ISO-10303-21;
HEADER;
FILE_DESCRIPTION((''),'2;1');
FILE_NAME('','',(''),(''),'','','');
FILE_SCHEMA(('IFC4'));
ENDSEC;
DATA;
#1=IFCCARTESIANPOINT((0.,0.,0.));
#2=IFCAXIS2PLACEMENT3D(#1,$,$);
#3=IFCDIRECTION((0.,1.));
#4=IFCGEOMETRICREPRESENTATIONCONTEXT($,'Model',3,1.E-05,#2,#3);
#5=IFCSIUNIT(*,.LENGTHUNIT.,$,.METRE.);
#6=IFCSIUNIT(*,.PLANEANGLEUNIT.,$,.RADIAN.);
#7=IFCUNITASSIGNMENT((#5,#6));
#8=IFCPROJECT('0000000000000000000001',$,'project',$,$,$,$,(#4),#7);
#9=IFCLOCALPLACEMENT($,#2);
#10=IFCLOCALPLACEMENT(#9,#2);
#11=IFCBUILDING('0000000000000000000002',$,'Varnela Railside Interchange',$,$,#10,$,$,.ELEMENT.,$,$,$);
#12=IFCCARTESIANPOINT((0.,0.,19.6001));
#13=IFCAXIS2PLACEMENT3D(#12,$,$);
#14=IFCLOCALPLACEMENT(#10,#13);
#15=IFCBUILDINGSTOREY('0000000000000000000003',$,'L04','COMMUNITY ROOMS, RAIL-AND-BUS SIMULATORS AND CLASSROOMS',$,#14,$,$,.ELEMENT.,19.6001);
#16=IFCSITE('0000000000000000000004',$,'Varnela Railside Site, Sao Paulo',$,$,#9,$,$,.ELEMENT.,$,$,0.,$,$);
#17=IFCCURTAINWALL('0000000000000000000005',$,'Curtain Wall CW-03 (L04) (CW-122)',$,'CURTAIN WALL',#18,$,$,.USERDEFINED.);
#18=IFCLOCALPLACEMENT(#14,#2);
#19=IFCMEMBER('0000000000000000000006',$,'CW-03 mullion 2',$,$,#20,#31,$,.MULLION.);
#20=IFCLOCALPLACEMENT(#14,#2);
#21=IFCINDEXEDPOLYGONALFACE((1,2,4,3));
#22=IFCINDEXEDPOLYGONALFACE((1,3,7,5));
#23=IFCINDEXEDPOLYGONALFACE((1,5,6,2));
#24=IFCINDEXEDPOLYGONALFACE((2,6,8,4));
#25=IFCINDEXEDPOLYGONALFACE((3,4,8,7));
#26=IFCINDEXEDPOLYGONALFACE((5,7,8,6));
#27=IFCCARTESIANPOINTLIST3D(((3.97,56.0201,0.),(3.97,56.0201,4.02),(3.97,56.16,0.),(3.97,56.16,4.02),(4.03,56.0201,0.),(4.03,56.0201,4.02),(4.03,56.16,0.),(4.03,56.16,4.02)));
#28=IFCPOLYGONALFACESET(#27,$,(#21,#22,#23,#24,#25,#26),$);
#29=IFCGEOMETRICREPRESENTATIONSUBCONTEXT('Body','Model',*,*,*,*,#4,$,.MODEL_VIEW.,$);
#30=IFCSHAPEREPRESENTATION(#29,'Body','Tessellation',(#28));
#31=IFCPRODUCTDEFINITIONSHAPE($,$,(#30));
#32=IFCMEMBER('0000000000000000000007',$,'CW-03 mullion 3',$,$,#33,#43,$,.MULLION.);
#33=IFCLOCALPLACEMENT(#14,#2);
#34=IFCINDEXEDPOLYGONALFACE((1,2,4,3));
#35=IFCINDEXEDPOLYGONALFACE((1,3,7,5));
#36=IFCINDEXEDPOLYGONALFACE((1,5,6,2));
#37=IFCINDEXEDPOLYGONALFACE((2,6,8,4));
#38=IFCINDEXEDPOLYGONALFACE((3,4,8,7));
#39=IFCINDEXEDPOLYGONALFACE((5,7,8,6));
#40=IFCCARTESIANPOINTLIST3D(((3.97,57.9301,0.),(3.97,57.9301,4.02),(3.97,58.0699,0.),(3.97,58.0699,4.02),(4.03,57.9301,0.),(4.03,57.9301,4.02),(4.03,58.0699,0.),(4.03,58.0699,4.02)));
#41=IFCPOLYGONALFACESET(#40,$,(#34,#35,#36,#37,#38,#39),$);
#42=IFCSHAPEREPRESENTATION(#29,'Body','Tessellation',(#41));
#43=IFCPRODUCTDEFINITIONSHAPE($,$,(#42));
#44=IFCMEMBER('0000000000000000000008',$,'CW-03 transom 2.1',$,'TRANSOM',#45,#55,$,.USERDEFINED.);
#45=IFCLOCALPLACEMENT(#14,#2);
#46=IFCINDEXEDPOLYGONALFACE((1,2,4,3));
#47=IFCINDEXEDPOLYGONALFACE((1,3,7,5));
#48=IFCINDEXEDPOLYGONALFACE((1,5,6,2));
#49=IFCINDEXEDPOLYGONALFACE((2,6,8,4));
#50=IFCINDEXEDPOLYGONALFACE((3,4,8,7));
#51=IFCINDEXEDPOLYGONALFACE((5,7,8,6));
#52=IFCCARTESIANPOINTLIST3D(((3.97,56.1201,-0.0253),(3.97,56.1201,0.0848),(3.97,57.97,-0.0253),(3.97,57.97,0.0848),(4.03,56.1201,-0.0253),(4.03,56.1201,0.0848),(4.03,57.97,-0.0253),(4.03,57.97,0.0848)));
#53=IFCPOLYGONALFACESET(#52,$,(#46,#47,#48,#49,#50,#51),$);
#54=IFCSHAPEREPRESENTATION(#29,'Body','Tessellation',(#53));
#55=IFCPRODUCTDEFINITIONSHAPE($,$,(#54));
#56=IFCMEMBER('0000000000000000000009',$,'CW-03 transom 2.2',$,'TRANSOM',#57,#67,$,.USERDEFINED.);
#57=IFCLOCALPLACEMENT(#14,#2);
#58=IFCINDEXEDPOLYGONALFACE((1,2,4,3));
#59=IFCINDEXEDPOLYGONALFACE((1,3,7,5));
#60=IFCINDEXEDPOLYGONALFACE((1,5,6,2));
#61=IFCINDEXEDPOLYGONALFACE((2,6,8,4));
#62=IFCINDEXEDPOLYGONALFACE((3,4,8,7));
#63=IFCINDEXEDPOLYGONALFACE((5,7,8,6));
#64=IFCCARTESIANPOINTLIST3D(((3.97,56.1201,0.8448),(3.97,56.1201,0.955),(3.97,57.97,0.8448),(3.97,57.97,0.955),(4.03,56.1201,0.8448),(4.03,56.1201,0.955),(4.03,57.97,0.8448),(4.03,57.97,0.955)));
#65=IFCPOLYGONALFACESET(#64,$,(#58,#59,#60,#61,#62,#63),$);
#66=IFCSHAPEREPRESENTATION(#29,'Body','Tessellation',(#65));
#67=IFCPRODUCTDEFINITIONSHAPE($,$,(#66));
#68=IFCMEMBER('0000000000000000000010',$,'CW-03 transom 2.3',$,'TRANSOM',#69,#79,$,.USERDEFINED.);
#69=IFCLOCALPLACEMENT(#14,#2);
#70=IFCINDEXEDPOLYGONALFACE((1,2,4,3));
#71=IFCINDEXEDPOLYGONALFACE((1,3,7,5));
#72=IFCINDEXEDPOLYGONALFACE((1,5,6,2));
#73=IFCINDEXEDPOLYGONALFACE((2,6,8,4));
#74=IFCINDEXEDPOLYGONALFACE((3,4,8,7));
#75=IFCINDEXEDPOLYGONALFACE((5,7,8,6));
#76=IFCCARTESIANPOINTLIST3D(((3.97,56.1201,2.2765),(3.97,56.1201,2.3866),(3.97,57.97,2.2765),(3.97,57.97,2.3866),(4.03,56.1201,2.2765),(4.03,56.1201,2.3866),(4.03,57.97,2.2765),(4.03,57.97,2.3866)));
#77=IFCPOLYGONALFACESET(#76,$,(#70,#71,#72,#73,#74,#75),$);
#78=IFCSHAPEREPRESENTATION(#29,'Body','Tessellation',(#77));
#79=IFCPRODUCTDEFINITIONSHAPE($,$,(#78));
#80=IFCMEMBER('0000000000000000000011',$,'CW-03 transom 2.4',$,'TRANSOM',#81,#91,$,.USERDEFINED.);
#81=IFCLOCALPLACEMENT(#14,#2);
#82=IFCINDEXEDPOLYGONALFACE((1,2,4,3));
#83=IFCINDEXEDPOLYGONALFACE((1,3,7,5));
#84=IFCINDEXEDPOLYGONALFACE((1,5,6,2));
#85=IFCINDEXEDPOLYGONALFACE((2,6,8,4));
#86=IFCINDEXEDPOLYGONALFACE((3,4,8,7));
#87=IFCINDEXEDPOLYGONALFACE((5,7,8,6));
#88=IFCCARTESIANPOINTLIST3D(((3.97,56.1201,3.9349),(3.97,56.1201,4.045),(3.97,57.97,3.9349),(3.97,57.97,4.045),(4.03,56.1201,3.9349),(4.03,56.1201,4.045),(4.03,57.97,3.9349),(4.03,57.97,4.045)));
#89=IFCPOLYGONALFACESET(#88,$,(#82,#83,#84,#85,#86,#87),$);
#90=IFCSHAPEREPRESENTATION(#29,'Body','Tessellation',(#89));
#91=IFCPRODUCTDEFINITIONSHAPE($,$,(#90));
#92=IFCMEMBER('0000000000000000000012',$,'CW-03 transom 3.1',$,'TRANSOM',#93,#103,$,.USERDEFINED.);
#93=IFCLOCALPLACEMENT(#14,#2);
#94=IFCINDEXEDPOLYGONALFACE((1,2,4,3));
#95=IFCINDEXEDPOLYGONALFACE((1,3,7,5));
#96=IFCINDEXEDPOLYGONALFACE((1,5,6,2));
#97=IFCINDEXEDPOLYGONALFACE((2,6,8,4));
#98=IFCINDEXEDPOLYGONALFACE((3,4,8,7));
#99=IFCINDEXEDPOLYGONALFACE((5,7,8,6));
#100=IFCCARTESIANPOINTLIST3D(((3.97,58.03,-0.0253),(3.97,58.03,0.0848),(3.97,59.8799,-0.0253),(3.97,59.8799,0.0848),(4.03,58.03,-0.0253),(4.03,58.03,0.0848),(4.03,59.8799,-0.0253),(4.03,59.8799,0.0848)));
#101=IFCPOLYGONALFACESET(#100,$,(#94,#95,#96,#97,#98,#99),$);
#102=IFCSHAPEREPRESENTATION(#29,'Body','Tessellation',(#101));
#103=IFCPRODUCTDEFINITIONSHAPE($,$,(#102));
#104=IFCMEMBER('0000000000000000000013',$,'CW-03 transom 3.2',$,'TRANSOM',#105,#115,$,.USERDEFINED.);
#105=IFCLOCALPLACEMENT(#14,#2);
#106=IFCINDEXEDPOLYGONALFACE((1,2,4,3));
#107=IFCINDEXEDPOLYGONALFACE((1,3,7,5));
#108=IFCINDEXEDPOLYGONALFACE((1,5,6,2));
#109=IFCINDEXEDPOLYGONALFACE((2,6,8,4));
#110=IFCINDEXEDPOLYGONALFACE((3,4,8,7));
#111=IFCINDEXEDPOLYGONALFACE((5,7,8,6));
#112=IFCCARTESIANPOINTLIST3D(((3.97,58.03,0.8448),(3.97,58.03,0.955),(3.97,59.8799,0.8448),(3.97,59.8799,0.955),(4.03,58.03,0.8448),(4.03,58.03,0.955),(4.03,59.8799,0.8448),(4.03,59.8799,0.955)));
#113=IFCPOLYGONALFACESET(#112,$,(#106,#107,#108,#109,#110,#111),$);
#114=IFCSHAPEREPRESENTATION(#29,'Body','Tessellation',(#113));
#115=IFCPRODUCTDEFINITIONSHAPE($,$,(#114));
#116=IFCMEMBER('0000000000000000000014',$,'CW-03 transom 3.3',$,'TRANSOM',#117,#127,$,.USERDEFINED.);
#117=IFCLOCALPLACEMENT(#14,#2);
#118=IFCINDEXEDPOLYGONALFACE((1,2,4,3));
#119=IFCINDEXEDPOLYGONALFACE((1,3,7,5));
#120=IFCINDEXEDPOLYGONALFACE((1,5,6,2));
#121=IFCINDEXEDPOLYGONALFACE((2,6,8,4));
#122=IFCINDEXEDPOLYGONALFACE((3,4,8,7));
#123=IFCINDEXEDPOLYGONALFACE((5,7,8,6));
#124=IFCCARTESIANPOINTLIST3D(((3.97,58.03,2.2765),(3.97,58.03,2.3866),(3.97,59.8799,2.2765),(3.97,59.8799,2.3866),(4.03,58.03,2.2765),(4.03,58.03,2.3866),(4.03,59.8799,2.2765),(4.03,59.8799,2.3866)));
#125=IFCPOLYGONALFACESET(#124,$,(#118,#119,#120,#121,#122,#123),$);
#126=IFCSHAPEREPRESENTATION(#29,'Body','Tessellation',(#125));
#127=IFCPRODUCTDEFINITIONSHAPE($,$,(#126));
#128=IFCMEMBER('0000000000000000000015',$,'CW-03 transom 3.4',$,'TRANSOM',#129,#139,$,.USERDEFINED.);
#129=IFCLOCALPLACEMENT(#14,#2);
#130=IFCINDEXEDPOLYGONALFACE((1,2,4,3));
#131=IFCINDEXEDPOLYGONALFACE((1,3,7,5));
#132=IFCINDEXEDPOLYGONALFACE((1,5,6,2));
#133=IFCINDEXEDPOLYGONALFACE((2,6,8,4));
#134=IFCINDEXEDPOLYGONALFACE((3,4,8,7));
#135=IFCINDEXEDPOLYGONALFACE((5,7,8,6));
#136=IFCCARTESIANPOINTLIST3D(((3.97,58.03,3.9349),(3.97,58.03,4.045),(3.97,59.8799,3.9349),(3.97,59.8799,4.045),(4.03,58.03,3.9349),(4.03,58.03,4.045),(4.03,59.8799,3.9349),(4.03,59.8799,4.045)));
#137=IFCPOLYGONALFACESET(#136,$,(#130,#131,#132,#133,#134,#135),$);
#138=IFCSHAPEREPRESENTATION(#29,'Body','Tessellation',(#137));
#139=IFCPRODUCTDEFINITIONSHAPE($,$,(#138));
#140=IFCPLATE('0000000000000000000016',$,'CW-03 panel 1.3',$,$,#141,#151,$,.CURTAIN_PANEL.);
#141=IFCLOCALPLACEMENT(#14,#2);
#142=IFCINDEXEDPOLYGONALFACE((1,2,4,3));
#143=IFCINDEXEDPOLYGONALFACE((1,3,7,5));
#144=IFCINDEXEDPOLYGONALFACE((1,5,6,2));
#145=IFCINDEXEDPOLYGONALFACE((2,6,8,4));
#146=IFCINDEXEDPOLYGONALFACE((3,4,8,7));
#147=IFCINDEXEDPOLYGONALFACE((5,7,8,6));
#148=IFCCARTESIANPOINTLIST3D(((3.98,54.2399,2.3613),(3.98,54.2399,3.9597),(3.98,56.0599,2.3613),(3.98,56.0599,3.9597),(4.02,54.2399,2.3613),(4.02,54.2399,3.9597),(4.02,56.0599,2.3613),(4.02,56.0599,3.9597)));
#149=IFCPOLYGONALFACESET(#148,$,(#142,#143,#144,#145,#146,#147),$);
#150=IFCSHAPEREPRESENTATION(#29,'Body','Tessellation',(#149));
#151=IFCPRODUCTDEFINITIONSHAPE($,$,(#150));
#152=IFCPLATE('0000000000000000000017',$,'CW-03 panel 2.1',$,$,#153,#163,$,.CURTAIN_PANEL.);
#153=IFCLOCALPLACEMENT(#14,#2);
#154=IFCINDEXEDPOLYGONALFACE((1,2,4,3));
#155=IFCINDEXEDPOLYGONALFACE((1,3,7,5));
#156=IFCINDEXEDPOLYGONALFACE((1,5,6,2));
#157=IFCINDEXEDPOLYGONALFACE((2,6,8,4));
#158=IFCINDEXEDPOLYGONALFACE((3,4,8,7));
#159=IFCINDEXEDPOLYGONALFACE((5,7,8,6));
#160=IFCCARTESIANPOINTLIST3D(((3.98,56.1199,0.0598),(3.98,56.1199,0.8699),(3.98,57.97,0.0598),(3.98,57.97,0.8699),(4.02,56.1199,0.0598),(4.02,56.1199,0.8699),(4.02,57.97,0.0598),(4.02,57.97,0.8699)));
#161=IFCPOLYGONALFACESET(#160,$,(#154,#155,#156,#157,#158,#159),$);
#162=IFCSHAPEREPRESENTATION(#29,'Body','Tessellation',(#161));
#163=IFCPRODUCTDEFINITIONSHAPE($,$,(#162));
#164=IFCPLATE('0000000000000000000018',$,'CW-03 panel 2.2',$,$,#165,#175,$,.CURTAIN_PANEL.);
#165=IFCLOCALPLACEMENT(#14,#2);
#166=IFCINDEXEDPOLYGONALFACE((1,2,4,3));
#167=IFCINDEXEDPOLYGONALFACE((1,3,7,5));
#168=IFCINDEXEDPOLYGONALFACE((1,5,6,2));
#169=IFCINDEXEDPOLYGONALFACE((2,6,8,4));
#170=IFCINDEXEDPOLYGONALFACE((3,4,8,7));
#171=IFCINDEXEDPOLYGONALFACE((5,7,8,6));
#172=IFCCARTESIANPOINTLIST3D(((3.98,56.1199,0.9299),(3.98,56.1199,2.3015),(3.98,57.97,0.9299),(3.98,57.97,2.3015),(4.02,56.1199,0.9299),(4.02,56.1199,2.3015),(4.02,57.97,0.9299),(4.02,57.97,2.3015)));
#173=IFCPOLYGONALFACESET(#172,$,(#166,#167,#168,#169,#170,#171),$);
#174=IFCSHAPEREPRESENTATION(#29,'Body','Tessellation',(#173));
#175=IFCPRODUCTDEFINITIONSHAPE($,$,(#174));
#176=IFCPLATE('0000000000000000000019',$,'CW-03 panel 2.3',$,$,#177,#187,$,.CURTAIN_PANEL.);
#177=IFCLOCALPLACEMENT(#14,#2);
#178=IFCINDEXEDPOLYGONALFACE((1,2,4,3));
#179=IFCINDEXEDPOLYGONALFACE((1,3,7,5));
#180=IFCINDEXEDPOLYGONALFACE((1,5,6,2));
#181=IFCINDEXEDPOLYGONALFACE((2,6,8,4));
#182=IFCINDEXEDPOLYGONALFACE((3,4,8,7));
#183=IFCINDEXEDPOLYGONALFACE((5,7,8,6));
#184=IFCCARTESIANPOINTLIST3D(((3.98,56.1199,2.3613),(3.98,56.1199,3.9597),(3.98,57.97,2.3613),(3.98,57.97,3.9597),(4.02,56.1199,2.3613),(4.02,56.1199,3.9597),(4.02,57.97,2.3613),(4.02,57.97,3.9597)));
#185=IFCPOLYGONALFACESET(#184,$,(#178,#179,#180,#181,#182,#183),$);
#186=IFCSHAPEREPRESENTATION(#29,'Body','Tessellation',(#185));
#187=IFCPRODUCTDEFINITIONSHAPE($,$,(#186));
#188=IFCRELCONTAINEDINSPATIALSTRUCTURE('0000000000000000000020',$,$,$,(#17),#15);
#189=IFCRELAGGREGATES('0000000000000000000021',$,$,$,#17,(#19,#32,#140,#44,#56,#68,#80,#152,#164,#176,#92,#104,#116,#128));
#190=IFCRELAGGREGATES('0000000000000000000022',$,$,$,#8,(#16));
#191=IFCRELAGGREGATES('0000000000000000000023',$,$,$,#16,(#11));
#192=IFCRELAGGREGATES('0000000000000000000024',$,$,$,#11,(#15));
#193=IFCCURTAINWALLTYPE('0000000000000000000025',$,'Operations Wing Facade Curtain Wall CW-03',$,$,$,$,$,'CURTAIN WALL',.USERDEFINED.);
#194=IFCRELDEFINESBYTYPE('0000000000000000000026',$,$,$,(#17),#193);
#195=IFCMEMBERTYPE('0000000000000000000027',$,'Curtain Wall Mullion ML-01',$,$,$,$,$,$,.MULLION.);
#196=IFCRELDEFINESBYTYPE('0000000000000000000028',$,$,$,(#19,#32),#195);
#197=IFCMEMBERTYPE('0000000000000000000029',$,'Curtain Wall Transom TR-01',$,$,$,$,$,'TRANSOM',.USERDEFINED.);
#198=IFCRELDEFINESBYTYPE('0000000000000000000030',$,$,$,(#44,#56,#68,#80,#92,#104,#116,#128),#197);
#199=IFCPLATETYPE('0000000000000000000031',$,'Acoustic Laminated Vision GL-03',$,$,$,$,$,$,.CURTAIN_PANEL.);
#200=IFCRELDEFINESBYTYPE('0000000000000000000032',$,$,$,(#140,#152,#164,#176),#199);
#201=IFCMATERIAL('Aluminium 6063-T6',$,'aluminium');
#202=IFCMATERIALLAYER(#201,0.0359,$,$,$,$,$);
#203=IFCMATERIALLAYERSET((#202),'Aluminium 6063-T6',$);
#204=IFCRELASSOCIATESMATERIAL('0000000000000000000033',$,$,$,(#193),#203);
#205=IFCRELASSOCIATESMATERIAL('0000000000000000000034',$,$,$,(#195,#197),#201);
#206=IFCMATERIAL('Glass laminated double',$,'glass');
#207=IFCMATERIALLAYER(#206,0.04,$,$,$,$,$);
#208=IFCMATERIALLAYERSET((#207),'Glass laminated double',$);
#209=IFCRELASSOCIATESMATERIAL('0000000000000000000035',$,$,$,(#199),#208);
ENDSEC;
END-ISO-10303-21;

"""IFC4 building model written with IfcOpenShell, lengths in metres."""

from ifc_helpers import new_model, si_unit, direction, frame, origin, origin_2d, place, context, subcontext, project, spatial, rectangle, extrude, material, layer, layer_set, material_profile, profile_set, type_object, element, aggregate, save


model = new_model("IFC4")

# Units and contexts
model_context = context("Model", 3, precision=1e-05, world=origin(), true_north=direction((0.0, 1.0)))
body_context = subcontext(model_context, "Body", "Model", "MODEL_VIEW")
ifc_project = project(units=[si_unit("LENGTHUNIT", "METRE"), si_unit("PLANEANGLEUNIT", "RADIAN")], contexts=[model_context])

# Site, building, storey
site_placement = place(None, origin())
site = spatial("IfcSite", under=ifc_project, at=site_placement, Name="Varnela Railside Site, Sao Paulo", CompositionType="ELEMENT", RefElevation=0.0)
building_placement = place(site_placement, origin())
building = spatial("IfcBuilding", under=site, at=building_placement, Name="Varnela Railside Interchange", CompositionType="ELEMENT")
storey_placement = place(building_placement, frame((0.0, 0.0, 19.6001)))
storey = spatial("IfcBuildingStorey", under=building, at=storey_placement, Name="L04", Description="COMMUNITY ROOMS, RAIL-AND-BUS SIMULATORS AND CLASSROOMS", CompositionType="ELEMENT", Elevation=19.6001)

# Curtain wall, members, plates
ifc_material_1 = material(Name="Aluminium 6063-T6", Category="aluminium")
ifc_layer_1 = layer(ifc_material_1, 0.0359)
ifc_layer_set_1 = layer_set([ifc_layer_1], Name="Aluminium 6063-T6")
curtain_wall_type = type_object("IfcCurtainWallType", Name="Operations Wing Facade Curtain Wall CW-03", ElementType="CURTAIN WALL", PredefinedType="USERDEFINED", material=ifc_layer_set_1)
curtain_wall_placement = place(storey_placement, origin())
curtain_wall = element("IfcCurtainWall", 1, at=curtain_wall_placement, inside=storey, type_object=curtain_wall_type, Name="Curtain Wall CW-03 (L04) (CW-122)", ObjectType="CURTAIN WALL", PredefinedType="USERDEFINED")
ifc_material_profile_1 = material_profile(ifc_material_1, rectangle(XDim=0.0601, YDim=0.1399, at=origin_2d()), Name="ALU 60x140")
ifc_profile_set_1 = profile_set([ifc_material_profile_1], Name="Aluminium 6063-T6")
member_type_1 = type_object("IfcMemberType", Name="Curtain Wall Mullion ML-01", PredefinedType="MULLION", material=ifc_profile_set_1)
member_1_placement = place(storey_placement, frame((4.0, 56.0901, 0.0), z_axis=(0.0, 0.0, 1.0), x_axis=(-1.0, 0.0, 0.0)))
member_1 = element("IfcMember", 2, at=member_1_placement, type_object=member_type_1, Name="CW-03 mullion 2", PredefinedType="MULLION", context=body_context, shape_type="SweptSolid", body=[
    extrude(rectangle(XDim=0.0601, YDim=0.1399, at=origin_2d()), origin(), (0.0, 0.0, 1.0), 4.02),
])
member_2_placement = place(storey_placement, frame((4.0, 58.0, 0.0), z_axis=(0.0, 0.0, 1.0), x_axis=(-1.0, 0.0, 0.0)))
member_2 = element("IfcMember", 3, at=member_2_placement, type_object=member_type_1, Name="CW-03 mullion 3", PredefinedType="MULLION", context=body_context, shape_type="SweptSolid", body=[
    extrude(rectangle(XDim=0.0601, YDim=0.1399, at=origin_2d()), origin(), (0.0, 0.0, 1.0), 4.02),
])
ifc_material_profile_2 = material_profile(ifc_material_1, rectangle(XDim=0.0601, YDim=0.1101, at=origin_2d()), Name="ALU 60x110")
ifc_profile_set_2 = profile_set([ifc_material_profile_2], Name="Aluminium 6063-T6")
member_type_2 = type_object("IfcMemberType", Name="Curtain Wall Transom TR-01", ElementType="TRANSOM", PredefinedType="USERDEFINED", material=ifc_profile_set_2)
member_3_placement = place(storey_placement, frame((4.0, 56.1201, 0.0298), z_axis=(0.0, 1.0, 0.0), x_axis=(-1.0, 0.0, 0.0)))
member_3 = element("IfcMember", 4, at=member_3_placement, type_object=member_type_2, Name="CW-03 transom 2.1", ObjectType="TRANSOM", PredefinedType="USERDEFINED", context=body_context, shape_type="SweptSolid", body=[
    extrude(rectangle(XDim=0.0601, YDim=0.1101, at=origin_2d()), origin(), (0.0, 0.0, 1.0), 1.8499),
])
member_4_placement = place(storey_placement, frame((4.0, 56.1201, 0.8999), z_axis=(0.0, 1.0, 0.0), x_axis=(-1.0, 0.0, 0.0)))
member_4 = element("IfcMember", 5, at=member_4_placement, type_object=member_type_2, Name="CW-03 transom 2.2", ObjectType="TRANSOM", PredefinedType="USERDEFINED", context=body_context, shape_type="SweptSolid", body=[
    extrude(rectangle(XDim=0.0601, YDim=0.1101, at=origin_2d()), origin(), (0.0, 0.0, 1.0), 1.8499),
])
member_5_placement = place(storey_placement, frame((4.0, 56.1201, 2.3315), z_axis=(0.0, 1.0, 0.0), x_axis=(-1.0, 0.0, 0.0)))
member_5 = element("IfcMember", 6, at=member_5_placement, type_object=member_type_2, Name="CW-03 transom 2.3", ObjectType="TRANSOM", PredefinedType="USERDEFINED", context=body_context, shape_type="SweptSolid", body=[
    extrude(rectangle(XDim=0.0601, YDim=0.1101, at=origin_2d()), origin(), (0.0, 0.0, 1.0), 1.8499),
])
member_6_placement = place(storey_placement, frame((4.0, 56.1201, 3.99), z_axis=(0.0, 1.0, 0.0), x_axis=(-1.0, 0.0, 0.0)))
member_6 = element("IfcMember", 7, at=member_6_placement, type_object=member_type_2, Name="CW-03 transom 2.4", ObjectType="TRANSOM", PredefinedType="USERDEFINED", context=body_context, shape_type="SweptSolid", body=[
    extrude(rectangle(XDim=0.0601, YDim=0.1101, at=origin_2d()), origin(), (0.0, 0.0, 1.0), 1.8499),
])
member_7_placement = place(storey_placement, frame((4.0, 58.03, 0.0298), z_axis=(0.0, 1.0, 0.0), x_axis=(-1.0, 0.0, 0.0)))
member_7 = element("IfcMember", 8, at=member_7_placement, type_object=member_type_2, Name="CW-03 transom 3.1", ObjectType="TRANSOM", PredefinedType="USERDEFINED", context=body_context, shape_type="SweptSolid", body=[
    extrude(rectangle(XDim=0.0601, YDim=0.1101, at=origin_2d()), origin(), (0.0, 0.0, 1.0), 1.8499),
])
member_8_placement = place(storey_placement, frame((4.0, 58.03, 0.8999), z_axis=(0.0, 1.0, 0.0), x_axis=(-1.0, 0.0, 0.0)))
member_8 = element("IfcMember", 9, at=member_8_placement, type_object=member_type_2, Name="CW-03 transom 3.2", ObjectType="TRANSOM", PredefinedType="USERDEFINED", context=body_context, shape_type="SweptSolid", body=[
    extrude(rectangle(XDim=0.0601, YDim=0.1101, at=origin_2d()), origin(), (0.0, 0.0, 1.0), 1.8499),
])
member_9_placement = place(storey_placement, frame((4.0, 58.03, 2.3315), z_axis=(0.0, 1.0, 0.0), x_axis=(-1.0, 0.0, 0.0)))
member_9 = element("IfcMember", 10, at=member_9_placement, type_object=member_type_2, Name="CW-03 transom 3.3", ObjectType="TRANSOM", PredefinedType="USERDEFINED", context=body_context, shape_type="SweptSolid", body=[
    extrude(rectangle(XDim=0.0601, YDim=0.1101, at=origin_2d()), origin(), (0.0, 0.0, 1.0), 1.8499),
])
member_10_placement = place(storey_placement, frame((4.0, 58.03, 3.99), z_axis=(0.0, 1.0, 0.0), x_axis=(-1.0, 0.0, 0.0)))
member_10 = element("IfcMember", 11, at=member_10_placement, type_object=member_type_2, Name="CW-03 transom 3.4", ObjectType="TRANSOM", PredefinedType="USERDEFINED", context=body_context, shape_type="SweptSolid", body=[
    extrude(rectangle(XDim=0.0601, YDim=0.1101, at=origin_2d()), origin(), (0.0, 0.0, 1.0), 1.8499),
])
ifc_material_2 = material(Name="Glass laminated double", Category="glass")
ifc_layer_2 = layer(ifc_material_2, 0.04)
ifc_layer_set_2 = layer_set([ifc_layer_2], Name="Glass laminated double")
plate_type = type_object("IfcPlateType", Name="Acoustic Laminated Vision GL-03", PredefinedType="CURTAIN_PANEL", material=ifc_layer_set_2)
plate_1_placement = place(storey_placement, frame((4.0, 55.1499, 2.3613), z_axis=(0.0, 0.0, 1.0), x_axis=(0.0, 1.0, 0.0)))
plate_1 = element("IfcPlate", 12, at=plate_1_placement, type_object=plate_type, Name="CW-03 panel 1.3", PredefinedType="CURTAIN_PANEL", context=body_context, shape_type="SweptSolid", body=[
    extrude(rectangle(XDim=1.8201, YDim=0.04, at=origin_2d()), origin(), (0.0, 0.0, 1.0), 1.5984),
])
plate_2_placement = place(storey_placement, frame((4.0, 57.0449, 0.0598), z_axis=(0.0, 0.0, 1.0), x_axis=(0.0, 1.0, 0.0)))
plate_2 = element("IfcPlate", 13, at=plate_2_placement, type_object=plate_type, Name="CW-03 panel 2.1", PredefinedType="CURTAIN_PANEL", context=body_context, shape_type="SweptSolid", body=[
    extrude(rectangle(XDim=1.8501, YDim=0.04, at=origin_2d()), origin(), (0.0, 0.0, 1.0), 0.8101),
])
plate_3_placement = place(storey_placement, frame((4.0, 57.0449, 0.9299), z_axis=(0.0, 0.0, 1.0), x_axis=(0.0, 1.0, 0.0)))
plate_3 = element("IfcPlate", 14, at=plate_3_placement, type_object=plate_type, Name="CW-03 panel 2.2", PredefinedType="CURTAIN_PANEL", context=body_context, shape_type="SweptSolid", body=[
    extrude(rectangle(XDim=1.8501, YDim=0.04, at=origin_2d()), origin(), (0.0, 0.0, 1.0), 1.3716),
])
plate_4_placement = place(storey_placement, frame((4.0, 57.0449, 2.3613), z_axis=(0.0, 0.0, 1.0), x_axis=(0.0, 1.0, 0.0)))
plate_4 = element("IfcPlate", 15, at=plate_4_placement, type_object=plate_type, Name="CW-03 panel 2.3", PredefinedType="CURTAIN_PANEL", context=body_context, shape_type="SweptSolid", body=[
    extrude(rectangle(XDim=1.8501, YDim=0.04, at=origin_2d()), origin(), (0.0, 0.0, 1.0), 1.5984),
])
aggregate(curtain_wall, [member_1, member_2, plate_1, member_3, member_4, member_5, member_6, plate_2, plate_3, plate_4, member_7, member_8, member_9, member_10])

save(model, "model.ifc")
